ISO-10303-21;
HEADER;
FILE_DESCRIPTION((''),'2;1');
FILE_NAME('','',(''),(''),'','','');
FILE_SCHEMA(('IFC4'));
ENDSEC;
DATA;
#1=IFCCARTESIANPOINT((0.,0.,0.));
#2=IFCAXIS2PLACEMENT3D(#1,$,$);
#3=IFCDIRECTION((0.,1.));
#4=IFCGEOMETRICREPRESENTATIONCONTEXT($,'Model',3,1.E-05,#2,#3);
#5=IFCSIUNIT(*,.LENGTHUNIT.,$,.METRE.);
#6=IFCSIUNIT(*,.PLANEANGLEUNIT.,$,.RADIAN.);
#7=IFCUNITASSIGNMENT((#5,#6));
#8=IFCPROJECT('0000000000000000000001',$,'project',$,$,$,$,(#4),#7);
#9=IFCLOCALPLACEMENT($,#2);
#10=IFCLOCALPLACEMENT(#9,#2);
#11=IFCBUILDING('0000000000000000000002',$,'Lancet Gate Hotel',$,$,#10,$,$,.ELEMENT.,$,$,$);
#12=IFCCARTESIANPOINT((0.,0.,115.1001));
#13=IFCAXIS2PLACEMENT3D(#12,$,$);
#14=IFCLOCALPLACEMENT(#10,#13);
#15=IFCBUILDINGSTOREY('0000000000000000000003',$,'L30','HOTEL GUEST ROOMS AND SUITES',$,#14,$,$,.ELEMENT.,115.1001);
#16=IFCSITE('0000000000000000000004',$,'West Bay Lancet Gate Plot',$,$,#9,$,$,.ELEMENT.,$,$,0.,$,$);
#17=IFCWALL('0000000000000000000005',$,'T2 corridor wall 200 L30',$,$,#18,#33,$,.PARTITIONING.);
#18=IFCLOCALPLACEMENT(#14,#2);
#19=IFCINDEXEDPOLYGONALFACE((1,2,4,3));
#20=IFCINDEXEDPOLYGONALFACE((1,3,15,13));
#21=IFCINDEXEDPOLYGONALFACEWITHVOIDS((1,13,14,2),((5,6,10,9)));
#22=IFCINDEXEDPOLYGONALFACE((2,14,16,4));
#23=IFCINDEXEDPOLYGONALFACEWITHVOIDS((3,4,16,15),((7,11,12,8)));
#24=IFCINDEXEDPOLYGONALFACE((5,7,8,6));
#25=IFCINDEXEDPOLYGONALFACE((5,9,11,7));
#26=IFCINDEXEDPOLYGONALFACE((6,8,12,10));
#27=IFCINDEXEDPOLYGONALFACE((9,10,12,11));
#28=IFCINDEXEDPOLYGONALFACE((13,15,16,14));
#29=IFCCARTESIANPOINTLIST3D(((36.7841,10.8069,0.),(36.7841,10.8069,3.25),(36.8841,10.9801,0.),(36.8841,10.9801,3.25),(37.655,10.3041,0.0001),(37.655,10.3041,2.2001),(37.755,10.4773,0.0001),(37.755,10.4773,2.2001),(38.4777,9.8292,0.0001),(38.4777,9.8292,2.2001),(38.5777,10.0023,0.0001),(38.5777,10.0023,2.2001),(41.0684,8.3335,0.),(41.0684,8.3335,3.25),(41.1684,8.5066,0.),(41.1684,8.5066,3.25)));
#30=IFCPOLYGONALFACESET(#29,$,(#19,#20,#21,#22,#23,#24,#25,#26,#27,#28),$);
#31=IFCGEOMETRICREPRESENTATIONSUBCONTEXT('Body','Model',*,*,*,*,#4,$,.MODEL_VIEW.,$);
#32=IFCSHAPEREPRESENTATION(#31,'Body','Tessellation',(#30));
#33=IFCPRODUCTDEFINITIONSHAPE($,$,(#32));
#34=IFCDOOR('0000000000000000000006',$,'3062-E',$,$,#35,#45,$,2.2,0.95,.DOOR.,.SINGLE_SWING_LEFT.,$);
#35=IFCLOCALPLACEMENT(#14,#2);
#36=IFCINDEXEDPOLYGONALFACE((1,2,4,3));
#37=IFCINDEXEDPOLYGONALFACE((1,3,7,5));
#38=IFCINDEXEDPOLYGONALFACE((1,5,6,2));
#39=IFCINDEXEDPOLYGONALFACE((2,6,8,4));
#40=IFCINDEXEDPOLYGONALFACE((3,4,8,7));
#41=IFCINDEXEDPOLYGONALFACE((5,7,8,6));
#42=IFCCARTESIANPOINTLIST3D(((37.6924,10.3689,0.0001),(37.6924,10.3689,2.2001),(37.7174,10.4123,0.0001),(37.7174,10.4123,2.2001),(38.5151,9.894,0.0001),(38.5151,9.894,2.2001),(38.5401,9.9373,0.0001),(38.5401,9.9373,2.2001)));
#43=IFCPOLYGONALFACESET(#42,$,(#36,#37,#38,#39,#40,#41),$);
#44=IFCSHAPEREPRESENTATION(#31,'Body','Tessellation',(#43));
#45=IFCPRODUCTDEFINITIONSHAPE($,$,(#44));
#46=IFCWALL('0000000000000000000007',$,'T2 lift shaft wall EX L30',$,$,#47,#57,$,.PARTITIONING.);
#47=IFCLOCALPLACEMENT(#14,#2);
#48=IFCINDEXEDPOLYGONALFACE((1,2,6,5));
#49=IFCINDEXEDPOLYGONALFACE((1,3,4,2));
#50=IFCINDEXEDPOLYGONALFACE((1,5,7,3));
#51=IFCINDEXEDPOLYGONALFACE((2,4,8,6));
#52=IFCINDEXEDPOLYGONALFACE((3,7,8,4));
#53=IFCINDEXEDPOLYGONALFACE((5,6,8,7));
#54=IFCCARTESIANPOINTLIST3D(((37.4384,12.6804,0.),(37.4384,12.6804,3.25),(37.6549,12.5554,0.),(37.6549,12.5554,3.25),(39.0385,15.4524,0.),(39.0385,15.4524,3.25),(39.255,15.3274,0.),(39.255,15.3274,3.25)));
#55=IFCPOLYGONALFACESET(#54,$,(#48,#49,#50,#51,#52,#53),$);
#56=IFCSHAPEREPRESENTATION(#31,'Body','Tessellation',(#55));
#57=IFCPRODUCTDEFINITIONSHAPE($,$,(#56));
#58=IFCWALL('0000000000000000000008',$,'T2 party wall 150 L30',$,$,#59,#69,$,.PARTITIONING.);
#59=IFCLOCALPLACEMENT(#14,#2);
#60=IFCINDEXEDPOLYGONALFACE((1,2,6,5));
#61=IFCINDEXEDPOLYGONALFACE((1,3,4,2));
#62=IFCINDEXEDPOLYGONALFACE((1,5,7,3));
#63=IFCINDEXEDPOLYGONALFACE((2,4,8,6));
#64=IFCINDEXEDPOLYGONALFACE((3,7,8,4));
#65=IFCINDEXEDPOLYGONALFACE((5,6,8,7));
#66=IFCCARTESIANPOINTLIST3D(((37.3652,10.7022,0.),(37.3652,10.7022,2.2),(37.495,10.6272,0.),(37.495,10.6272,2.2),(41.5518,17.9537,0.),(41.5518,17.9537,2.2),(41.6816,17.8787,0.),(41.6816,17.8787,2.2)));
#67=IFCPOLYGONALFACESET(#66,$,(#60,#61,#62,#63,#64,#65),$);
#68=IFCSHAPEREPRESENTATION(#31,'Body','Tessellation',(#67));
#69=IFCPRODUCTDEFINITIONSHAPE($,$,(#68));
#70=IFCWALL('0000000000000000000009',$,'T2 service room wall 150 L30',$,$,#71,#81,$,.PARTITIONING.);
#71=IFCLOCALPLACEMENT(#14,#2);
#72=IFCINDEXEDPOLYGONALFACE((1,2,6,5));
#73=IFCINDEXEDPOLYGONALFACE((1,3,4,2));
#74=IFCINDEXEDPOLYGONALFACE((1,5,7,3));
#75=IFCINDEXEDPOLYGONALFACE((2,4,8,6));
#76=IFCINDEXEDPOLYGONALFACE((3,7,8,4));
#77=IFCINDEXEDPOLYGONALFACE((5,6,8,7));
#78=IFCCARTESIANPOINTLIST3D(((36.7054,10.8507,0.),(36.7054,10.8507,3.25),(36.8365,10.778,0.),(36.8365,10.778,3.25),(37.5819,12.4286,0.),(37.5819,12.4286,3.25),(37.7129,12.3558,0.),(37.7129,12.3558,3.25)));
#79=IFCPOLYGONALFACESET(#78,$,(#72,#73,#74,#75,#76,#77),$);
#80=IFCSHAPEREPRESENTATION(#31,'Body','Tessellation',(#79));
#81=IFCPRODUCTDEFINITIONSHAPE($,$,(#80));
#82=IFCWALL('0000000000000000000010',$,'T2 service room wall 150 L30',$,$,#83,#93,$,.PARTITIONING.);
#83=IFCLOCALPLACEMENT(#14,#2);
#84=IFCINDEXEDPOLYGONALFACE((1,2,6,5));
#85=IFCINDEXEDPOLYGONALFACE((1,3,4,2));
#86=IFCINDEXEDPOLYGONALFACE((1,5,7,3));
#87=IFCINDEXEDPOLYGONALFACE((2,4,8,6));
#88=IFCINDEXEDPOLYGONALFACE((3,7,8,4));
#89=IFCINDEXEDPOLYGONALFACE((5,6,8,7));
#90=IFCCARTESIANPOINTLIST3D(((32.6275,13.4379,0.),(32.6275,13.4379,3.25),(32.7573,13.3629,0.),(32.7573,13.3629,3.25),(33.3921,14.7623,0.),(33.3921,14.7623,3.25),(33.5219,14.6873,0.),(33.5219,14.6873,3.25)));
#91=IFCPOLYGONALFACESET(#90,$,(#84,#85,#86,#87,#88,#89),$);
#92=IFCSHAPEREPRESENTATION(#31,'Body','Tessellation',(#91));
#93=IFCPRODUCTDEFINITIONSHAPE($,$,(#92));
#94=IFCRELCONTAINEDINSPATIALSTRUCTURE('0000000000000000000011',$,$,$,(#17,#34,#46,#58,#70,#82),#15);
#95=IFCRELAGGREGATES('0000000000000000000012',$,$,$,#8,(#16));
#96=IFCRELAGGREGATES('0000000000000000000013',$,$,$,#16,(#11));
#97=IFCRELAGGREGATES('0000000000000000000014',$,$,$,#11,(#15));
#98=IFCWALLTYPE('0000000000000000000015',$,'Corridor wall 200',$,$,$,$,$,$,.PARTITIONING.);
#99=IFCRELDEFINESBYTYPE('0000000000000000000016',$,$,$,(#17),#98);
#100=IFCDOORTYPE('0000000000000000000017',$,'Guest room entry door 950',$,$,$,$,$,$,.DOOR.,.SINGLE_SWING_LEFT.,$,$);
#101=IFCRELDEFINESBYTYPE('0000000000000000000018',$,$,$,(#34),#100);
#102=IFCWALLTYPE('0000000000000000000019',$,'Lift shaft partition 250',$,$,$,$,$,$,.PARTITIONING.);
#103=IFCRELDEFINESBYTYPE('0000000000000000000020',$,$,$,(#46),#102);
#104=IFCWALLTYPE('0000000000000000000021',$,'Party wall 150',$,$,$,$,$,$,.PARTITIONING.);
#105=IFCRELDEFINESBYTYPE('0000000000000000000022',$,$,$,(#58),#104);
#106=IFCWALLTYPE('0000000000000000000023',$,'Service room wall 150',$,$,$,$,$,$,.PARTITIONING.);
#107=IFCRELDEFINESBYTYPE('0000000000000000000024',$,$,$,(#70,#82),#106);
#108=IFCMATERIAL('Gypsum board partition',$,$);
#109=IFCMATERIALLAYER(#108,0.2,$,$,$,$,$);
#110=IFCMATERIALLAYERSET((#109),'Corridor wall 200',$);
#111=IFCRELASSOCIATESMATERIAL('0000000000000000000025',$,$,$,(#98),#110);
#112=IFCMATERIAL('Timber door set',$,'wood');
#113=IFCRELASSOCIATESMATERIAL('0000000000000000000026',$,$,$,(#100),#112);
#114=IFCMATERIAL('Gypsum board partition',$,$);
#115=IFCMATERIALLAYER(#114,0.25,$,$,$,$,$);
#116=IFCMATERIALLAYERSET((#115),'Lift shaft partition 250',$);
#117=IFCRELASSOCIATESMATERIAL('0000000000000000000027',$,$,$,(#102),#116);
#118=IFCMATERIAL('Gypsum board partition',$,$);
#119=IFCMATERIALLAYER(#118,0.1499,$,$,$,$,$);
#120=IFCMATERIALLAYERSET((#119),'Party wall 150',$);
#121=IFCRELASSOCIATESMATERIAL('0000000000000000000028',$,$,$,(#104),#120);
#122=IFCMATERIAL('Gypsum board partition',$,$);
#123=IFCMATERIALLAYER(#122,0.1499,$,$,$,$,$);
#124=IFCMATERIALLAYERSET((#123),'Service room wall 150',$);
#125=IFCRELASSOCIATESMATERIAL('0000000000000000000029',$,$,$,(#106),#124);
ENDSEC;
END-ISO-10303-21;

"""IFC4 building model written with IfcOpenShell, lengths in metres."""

from ifc_helpers import new_model, si_unit, direction, frame, frame_2d, origin, place, context, subcontext, project, spatial, rectangle, extrude, material, layer, layer_set, type_object, element, fill, save


model = new_model("IFC4")

# Units and contexts
model_context = context("Model", 3, precision=1e-05, world=origin(), true_north=direction((0.0, 1.0)))
body_context = subcontext(model_context, "Body", "Model", "MODEL_VIEW")
ifc_project = project(units=[si_unit("LENGTHUNIT", "METRE"), si_unit("PLANEANGLEUNIT", "RADIAN")], contexts=[model_context])

# Site, building, storey
site_placement = place(None, origin())
site = spatial("IfcSite", under=ifc_project, at=site_placement, Name="West Bay Lancet Gate Plot", CompositionType="ELEMENT", RefElevation=0.0)
building_placement = place(site_placement, origin())
building = spatial("IfcBuilding", under=site, at=building_placement, Name="Lancet Gate Hotel", CompositionType="ELEMENT")
storey_placement = place(building_placement, frame((0.0, 0.0, 115.1001)))
storey = spatial("IfcBuildingStorey", under=building, at=storey_placement, Name="L30", Description="HOTEL GUEST ROOMS AND SUITES", CompositionType="ELEMENT", Elevation=115.1001)

# Wall, opening, door
ifc_material_1 = material(Name="Gypsum board partition")
ifc_layer_1 = layer(ifc_material_1, 0.2)
ifc_layer_set_1 = layer_set([ifc_layer_1], Name="Corridor wall 200")
wall_type_1 = type_object("IfcWallType", Name="Corridor wall 200", PredefinedType="PARTITIONING", material=ifc_layer_set_1)
wall_1_placement = place(storey_placement, frame((36.834, 10.8936, 0.0), z_axis=(0.0, 0.0, 1.0), x_axis=(0.866033, -0.499987, 0.0)))
wall_1 = element("IfcWall", 1, at=wall_1_placement, inside=storey, type_object=wall_type_1, Name="T2 corridor wall 200 L30", PredefinedType="PARTITIONING", context=body_context, shape_type="SweptSolid", body=[
    extrude(rectangle(XDim=4.947, YDim=0.2, at=frame_2d((2.4736, 0.0))), origin(), (0.0, 0.0, 1.0), 3.25),
])
opening_1_placement = place(wall_1_placement, frame((1.0056, 0.0, 0.0)))
opening_1 = element("IfcOpeningElement", 2, at=opening_1_placement, cuts=wall_1, PredefinedType="OPENING", context=body_context, shape_type="SweptSolid", body=[
    extrude(rectangle(XDim=0.95, YDim=2.2, at=frame_2d((0.4751, 1.1001))), frame((0.0, 0.1099, 0.0), z_axis=(0.0, -1.0, 0.0), x_axis=(1.0, 0.0, 0.0)), (0.0, 0.0, 1.0), 0.22),
])
ifc_material_2 = material(Name="Timber door set", Category="wood")
door_type_1 = type_object("IfcDoorType", Name="Guest room entry door 950", OperationType="SINGLE_SWING_LEFT", PredefinedType="DOOR", material=ifc_material_2)
door_1_placement = place(opening_1_placement, origin())
door_1 = element("IfcDoor", 3, at=door_1_placement, inside=storey, type_object=door_type_1, Name="3062-E", OperationType="SINGLE_SWING_LEFT", OverallHeight=2.2, OverallWidth=0.95, PredefinedType="DOOR", context=body_context, shape_type="SweptSolid", body=[
    extrude(rectangle(XDim=0.95, YDim=2.2, at=frame_2d((0.4751, 1.1001))), frame((0.0, 0.0249, 0.0), z_axis=(0.0, -1.0, 0.0), x_axis=(1.0, 0.0, 0.0)), (0.0, 0.0, 1.0), 0.05),
])
fill(opening_1, door_1)

# Walls
ifc_material_3 = material(Name="Gypsum board partition")
ifc_layer_2 = layer(ifc_material_3, 0.25)
ifc_layer_set_2 = layer_set([ifc_layer_2], Name="Lift shaft partition 250")
wall_type_2 = type_object("IfcWallType", Name="Lift shaft partition 250", PredefinedType="PARTITIONING", material=ifc_layer_set_2)
wall_2_placement = place(storey_placement, frame((37.5466, 12.6179, 0.0), z_axis=(0.0, 0.0, 1.0), x_axis=(0.499929, 0.866066, 0.0)))
element("IfcWall", 4, at=wall_2_placement, inside=storey, type_object=wall_type_2, Name="T2 lift shaft wall EX L30", PredefinedType="PARTITIONING", context=body_context, shape_type="SweptSolid", body=[
    extrude(rectangle(XDim=3.2007, YDim=0.25, at=frame_2d((1.6003, 0.0))), origin(), (0.0, 0.0, 1.0), 3.25),
])
ifc_material_4 = material(Name="Gypsum board partition")
ifc_layer_3 = layer(ifc_material_4, 0.1499)
ifc_layer_set_3 = layer_set([ifc_layer_3], Name="Party wall 150")
wall_type_3 = type_object("IfcWallType", Name="Party wall 150", PredefinedType="PARTITIONING", material=ifc_layer_set_3)
wall_3_placement = place(storey_placement, frame((37.4302, 10.6648, 0.0), z_axis=(0.0, 0.0, 1.0), x_axis=(0.49999, 0.866031, 0.0)))
element("IfcWall", 5, at=wall_3_placement, inside=storey, type_object=wall_type_3, Name="T2 party wall 150 L30", PredefinedType="PARTITIONING", context=body_context, shape_type="SweptSolid", body=[
    extrude(rectangle(XDim=8.3733, YDim=0.1499, at=frame_2d((4.1865, 0.0))), origin(), (0.0, 0.0, 1.0), 2.2),
])
ifc_material_5 = material(Name="Gypsum board partition")
ifc_layer_4 = layer(ifc_material_5, 0.1499)
ifc_layer_set_4 = layer_set([ifc_layer_4], Name="Service room wall 150")
wall_type_4 = type_object("IfcWallType", Name="Service room wall 150", PredefinedType="PARTITIONING", material=ifc_layer_set_4)
wall_4_placement = place(storey_placement, frame((36.771, 10.8145, 0.0), z_axis=(0.0, 0.0, 1.0), x_axis=(0.485586, 0.874189, 0.0)))
element("IfcWall", 6, at=wall_4_placement, inside=storey, type_object=wall_type_4, Name="T2 service room wall 150 L30", PredefinedType="PARTITIONING", context=body_context, shape_type="SweptSolid", body=[
    extrude(rectangle(XDim=1.8049, YDim=0.1499, at=frame_2d((0.9023, 0.0))), origin(), (0.0, 0.0, 1.0), 3.25),
])
wall_5_placement = place(storey_placement, frame((32.6924, 13.4004, 0.0), z_axis=(0.0, 0.0, 1.0), x_axis=(0.499985, 0.866034, 0.0)))
element("IfcWall", 7, at=wall_5_placement, inside=storey, type_object=wall_type_4, Name="T2 service room wall 150 L30", PredefinedType="PARTITIONING", context=body_context, shape_type="SweptSolid", body=[
    extrude(rectangle(XDim=1.5293, YDim=0.1499, at=frame_2d((0.7646, 0.0))), origin(), (0.0, 0.0, 1.0), 3.25),
])

save(model, "model.ifc")
